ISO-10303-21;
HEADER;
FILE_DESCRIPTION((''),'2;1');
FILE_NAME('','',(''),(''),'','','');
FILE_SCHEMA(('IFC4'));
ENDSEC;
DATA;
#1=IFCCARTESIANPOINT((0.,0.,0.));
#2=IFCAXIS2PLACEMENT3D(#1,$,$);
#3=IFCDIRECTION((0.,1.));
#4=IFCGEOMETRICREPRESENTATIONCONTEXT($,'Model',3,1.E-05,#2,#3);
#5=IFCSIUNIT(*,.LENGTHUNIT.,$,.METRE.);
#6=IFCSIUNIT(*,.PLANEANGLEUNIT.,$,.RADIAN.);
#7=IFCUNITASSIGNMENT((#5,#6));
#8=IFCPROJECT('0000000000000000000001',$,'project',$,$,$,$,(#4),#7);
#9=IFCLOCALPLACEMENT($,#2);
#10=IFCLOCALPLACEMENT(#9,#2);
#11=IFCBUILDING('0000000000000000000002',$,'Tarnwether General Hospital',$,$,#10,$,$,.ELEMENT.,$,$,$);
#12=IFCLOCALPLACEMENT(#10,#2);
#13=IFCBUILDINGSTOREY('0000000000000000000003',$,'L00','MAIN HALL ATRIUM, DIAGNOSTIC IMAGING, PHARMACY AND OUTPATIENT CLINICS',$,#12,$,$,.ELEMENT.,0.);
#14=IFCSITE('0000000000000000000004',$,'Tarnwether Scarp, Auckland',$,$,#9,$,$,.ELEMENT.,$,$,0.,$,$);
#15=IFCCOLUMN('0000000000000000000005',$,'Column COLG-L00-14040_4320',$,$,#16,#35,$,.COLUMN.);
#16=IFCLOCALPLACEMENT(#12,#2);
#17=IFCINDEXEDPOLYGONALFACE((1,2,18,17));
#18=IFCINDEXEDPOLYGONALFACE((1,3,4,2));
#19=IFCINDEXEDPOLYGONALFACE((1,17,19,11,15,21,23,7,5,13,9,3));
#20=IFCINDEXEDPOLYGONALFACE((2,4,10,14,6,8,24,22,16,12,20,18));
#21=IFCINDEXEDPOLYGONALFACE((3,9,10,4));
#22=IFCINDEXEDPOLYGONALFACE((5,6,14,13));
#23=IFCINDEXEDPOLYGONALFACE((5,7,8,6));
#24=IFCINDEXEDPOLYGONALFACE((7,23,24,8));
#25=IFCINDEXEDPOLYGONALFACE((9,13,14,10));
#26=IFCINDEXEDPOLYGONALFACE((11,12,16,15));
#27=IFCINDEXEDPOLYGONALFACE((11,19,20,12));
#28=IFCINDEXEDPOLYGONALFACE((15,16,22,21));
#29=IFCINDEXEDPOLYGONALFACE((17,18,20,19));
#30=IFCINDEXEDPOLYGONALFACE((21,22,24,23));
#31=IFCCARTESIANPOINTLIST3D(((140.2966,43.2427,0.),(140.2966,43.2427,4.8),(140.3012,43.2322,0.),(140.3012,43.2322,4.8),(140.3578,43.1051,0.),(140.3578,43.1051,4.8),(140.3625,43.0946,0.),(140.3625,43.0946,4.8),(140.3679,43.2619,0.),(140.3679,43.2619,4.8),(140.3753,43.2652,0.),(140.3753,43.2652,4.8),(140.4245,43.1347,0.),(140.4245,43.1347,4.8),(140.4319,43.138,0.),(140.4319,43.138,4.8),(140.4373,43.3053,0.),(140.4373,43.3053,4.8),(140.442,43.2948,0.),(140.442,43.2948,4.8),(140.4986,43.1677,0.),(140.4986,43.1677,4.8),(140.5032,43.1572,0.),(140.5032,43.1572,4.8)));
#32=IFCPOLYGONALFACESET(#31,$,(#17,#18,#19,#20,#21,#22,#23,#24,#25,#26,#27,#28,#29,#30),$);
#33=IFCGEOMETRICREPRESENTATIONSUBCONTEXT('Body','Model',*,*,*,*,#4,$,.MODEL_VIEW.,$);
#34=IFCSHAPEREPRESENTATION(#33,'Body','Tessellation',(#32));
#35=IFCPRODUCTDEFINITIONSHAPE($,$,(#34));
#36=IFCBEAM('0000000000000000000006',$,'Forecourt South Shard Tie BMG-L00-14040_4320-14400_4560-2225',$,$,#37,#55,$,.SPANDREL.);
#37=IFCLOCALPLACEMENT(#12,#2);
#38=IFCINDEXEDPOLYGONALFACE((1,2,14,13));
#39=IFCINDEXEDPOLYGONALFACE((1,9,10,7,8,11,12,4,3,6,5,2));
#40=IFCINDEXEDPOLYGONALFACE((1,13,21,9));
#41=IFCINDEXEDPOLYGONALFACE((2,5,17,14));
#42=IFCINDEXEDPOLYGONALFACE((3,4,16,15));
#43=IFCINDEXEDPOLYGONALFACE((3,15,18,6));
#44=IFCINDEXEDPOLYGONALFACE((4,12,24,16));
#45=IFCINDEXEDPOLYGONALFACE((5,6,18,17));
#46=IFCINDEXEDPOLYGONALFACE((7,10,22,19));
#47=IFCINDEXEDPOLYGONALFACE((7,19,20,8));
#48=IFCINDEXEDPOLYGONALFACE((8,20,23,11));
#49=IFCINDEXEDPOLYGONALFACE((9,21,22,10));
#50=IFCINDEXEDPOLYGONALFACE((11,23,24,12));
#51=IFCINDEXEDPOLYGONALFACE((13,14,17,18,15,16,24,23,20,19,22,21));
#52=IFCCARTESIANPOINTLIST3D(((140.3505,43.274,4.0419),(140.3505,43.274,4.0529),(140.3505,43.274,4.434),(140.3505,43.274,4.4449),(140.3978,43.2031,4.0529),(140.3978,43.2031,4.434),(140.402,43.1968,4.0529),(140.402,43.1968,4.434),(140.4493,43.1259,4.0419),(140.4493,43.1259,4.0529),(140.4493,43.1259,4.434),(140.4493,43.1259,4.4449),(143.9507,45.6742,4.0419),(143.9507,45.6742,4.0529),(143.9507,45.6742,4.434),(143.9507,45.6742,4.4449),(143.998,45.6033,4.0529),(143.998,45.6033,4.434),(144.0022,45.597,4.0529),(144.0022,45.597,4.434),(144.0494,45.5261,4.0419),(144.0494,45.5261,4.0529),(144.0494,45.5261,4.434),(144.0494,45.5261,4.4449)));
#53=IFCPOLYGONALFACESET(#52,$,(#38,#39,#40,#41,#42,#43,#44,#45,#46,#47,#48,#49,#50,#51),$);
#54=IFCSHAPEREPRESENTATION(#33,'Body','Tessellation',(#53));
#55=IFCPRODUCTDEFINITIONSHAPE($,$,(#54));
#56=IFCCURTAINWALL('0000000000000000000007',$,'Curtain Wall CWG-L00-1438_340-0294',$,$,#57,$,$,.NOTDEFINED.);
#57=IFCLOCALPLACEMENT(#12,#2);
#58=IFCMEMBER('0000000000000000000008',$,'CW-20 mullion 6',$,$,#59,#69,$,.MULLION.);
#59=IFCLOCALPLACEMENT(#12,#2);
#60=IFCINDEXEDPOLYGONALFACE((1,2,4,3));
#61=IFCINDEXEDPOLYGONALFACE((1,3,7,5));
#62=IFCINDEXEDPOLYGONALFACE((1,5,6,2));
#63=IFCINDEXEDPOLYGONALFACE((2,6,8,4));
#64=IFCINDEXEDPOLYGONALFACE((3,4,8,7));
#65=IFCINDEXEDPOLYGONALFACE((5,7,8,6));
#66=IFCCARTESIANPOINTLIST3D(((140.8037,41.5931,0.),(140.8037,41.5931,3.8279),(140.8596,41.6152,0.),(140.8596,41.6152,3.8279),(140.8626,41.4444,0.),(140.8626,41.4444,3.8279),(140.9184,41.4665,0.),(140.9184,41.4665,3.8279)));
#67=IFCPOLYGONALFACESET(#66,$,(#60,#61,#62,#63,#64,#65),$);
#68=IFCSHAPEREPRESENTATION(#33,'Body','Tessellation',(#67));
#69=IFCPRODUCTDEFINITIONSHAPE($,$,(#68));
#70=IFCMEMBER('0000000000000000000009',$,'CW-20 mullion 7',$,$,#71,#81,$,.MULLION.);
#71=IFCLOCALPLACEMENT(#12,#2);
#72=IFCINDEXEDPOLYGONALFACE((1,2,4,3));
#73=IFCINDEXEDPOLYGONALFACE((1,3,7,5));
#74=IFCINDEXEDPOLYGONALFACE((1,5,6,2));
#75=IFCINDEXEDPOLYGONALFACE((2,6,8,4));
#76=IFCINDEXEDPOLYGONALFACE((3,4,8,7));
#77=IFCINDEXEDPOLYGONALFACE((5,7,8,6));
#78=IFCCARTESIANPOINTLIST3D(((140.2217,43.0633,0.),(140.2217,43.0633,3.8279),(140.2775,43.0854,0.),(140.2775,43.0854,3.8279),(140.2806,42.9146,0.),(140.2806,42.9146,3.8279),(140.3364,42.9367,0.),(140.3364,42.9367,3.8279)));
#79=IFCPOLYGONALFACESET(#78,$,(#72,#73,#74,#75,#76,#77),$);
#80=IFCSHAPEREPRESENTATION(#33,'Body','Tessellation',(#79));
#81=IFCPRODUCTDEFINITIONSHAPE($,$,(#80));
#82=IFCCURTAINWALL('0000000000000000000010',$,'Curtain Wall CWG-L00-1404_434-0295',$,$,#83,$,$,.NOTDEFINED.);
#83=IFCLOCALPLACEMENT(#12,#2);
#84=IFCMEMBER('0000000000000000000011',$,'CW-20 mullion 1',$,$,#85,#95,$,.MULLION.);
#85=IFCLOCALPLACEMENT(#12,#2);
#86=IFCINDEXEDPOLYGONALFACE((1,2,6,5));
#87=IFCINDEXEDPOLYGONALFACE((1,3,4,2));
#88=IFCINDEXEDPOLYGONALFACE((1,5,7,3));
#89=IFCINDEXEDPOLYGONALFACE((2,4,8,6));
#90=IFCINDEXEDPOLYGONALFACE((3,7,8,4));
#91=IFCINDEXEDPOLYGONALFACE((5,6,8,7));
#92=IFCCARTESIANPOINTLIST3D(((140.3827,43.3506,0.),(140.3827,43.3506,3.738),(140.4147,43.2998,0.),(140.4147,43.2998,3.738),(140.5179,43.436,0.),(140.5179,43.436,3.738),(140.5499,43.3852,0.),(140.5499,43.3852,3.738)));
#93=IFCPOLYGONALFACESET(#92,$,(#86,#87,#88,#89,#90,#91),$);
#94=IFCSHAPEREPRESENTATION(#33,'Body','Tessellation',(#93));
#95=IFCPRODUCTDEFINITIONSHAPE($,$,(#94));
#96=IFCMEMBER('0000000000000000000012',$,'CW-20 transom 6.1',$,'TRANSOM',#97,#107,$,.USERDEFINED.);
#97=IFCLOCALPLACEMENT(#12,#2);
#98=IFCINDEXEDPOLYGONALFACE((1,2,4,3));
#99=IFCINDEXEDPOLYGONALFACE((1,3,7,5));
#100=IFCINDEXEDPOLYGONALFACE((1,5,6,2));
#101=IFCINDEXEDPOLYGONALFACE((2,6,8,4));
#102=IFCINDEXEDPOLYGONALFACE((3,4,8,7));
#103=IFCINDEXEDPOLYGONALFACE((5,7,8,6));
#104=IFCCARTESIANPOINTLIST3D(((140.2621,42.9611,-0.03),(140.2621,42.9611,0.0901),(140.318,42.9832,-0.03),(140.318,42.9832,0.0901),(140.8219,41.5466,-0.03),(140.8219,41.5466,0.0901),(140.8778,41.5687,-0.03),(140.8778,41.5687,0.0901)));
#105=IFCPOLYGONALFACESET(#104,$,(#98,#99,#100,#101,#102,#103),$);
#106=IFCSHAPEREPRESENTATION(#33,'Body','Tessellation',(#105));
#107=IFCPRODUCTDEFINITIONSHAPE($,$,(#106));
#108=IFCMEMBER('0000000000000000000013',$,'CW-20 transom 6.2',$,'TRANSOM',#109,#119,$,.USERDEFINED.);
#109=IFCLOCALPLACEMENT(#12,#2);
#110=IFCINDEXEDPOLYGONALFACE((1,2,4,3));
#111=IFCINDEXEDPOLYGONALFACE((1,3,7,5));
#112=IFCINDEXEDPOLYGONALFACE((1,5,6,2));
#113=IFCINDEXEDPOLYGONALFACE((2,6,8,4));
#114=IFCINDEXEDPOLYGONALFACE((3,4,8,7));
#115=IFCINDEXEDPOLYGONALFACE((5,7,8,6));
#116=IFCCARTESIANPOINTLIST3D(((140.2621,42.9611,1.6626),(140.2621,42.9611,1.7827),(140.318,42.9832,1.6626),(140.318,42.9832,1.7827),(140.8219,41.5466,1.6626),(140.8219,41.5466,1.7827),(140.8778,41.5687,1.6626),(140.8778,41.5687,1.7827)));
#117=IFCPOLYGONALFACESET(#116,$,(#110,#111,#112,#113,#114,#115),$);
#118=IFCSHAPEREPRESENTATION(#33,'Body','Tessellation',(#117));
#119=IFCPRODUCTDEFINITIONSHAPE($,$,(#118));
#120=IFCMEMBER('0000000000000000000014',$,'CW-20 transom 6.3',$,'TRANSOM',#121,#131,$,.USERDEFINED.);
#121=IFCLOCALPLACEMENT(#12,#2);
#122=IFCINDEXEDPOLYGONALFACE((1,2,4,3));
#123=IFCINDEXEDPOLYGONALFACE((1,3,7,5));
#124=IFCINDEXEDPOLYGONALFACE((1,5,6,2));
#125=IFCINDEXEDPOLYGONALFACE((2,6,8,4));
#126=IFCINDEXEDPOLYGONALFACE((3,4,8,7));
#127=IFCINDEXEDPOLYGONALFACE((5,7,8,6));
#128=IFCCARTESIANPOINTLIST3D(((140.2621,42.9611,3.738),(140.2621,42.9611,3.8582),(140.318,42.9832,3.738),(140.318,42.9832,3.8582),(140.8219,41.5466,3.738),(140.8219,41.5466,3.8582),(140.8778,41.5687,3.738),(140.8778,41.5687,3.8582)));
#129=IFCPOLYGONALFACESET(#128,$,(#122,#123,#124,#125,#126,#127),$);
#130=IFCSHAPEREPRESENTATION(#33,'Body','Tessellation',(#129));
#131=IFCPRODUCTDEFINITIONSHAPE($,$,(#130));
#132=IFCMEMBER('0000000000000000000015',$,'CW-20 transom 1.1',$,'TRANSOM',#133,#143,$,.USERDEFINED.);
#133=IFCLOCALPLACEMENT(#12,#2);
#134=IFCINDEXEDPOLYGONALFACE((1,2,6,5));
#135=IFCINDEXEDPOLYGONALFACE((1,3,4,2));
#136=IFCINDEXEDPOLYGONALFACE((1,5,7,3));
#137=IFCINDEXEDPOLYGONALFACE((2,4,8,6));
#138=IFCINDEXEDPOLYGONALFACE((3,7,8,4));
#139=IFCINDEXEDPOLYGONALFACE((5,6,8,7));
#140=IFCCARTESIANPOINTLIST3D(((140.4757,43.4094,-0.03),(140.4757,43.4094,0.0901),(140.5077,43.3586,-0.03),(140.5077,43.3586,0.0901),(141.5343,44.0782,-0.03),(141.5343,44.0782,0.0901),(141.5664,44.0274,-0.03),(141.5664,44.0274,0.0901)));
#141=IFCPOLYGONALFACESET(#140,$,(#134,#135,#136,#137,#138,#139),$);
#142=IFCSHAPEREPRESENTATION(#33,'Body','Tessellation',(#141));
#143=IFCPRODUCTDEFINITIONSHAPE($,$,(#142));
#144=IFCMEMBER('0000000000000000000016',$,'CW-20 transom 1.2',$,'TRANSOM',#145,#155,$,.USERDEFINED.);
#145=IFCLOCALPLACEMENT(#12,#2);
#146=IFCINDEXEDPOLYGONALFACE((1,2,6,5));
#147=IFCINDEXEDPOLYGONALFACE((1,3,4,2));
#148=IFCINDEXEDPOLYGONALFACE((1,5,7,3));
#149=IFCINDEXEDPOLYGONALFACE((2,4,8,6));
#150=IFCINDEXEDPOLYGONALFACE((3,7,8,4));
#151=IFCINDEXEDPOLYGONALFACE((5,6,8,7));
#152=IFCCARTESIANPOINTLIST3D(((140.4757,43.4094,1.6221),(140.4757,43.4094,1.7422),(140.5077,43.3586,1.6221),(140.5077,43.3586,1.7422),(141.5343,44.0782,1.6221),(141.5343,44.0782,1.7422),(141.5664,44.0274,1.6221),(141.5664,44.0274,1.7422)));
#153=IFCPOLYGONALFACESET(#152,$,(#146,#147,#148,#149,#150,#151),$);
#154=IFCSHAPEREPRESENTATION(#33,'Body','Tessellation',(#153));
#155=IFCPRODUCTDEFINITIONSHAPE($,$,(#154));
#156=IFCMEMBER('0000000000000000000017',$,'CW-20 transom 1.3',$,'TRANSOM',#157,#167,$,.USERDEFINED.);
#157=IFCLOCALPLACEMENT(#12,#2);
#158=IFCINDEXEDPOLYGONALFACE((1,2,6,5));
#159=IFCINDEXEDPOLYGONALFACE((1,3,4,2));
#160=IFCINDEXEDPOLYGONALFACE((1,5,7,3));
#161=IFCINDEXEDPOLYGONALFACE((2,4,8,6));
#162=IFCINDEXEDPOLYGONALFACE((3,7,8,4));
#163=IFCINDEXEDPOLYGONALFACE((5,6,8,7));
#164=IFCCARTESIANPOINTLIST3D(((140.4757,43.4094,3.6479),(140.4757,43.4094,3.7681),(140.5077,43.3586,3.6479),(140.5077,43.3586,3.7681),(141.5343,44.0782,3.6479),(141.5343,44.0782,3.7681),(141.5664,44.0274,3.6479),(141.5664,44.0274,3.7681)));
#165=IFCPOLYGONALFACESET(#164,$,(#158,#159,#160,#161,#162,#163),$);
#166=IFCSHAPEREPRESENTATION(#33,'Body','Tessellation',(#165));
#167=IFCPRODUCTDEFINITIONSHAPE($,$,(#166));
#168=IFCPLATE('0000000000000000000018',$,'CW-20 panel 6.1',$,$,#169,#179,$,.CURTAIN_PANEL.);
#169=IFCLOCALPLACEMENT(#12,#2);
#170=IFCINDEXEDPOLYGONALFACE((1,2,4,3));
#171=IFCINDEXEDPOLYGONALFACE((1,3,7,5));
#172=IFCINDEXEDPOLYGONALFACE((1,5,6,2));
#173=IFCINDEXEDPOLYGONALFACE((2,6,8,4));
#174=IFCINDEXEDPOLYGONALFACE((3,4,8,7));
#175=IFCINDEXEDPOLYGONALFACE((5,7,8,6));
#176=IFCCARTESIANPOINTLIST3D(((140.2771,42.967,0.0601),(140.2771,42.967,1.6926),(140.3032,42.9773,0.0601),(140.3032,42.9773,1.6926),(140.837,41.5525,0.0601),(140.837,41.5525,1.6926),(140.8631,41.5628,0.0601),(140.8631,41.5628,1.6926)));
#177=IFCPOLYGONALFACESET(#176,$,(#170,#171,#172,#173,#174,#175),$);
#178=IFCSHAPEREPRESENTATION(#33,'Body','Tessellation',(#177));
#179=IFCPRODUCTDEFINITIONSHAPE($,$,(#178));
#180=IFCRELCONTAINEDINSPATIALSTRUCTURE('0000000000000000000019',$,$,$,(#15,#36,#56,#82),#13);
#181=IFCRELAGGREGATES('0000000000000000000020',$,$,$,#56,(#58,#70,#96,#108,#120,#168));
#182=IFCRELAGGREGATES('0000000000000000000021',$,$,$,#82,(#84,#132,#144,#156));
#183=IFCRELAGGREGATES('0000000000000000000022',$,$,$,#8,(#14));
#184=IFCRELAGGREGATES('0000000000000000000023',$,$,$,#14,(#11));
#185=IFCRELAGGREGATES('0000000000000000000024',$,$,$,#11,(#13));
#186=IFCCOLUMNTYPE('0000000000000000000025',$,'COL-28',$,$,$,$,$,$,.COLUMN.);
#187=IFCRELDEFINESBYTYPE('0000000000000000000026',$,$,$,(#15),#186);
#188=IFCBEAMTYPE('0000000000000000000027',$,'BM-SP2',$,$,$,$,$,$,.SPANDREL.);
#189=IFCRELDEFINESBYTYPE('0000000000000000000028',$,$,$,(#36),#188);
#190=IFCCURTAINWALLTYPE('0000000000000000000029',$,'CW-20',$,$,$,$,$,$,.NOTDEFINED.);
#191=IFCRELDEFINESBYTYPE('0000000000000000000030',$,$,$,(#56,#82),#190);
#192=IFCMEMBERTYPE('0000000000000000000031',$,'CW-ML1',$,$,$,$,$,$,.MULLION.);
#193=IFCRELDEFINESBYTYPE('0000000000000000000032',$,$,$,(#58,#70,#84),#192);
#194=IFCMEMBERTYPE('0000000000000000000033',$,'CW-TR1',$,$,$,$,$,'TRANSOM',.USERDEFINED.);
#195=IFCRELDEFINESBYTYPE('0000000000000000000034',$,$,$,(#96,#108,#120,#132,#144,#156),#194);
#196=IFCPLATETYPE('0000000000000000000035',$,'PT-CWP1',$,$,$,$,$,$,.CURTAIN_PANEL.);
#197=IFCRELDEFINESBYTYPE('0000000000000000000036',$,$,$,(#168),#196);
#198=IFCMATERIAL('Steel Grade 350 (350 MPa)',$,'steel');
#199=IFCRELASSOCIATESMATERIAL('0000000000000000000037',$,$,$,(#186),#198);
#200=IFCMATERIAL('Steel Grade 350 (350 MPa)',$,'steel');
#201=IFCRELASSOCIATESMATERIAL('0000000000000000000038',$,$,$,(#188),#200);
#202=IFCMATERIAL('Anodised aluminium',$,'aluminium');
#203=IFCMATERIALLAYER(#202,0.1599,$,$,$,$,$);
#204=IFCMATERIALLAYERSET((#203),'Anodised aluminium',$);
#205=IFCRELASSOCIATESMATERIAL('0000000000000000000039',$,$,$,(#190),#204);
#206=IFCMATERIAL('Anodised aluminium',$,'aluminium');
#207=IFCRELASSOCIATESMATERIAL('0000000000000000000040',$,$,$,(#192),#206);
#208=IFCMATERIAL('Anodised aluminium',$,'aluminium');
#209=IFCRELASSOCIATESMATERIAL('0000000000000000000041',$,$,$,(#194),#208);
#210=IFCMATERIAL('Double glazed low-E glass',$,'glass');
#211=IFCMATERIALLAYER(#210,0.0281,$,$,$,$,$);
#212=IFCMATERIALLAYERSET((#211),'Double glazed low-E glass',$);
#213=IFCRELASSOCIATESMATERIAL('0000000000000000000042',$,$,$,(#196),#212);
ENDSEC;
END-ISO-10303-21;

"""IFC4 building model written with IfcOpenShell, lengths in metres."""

from ifc_helpers import new_model, si_unit, direction, frame, origin, origin_2d, place, context, subcontext, project, spatial, rectangle, i_section, extrude, material, layer, layer_set, material_profile, profile_set, type_object, element, aggregate, save


model = new_model("IFC4")

# Units and contexts
model_context = context("Model", 3, precision=1e-05, world=origin(), true_north=direction((0.0, 1.0)))
body_context = subcontext(model_context, "Body", "Model", "MODEL_VIEW")
ifc_project = project(units=[si_unit("LENGTHUNIT", "METRE"), si_unit("PLANEANGLEUNIT", "RADIAN")], contexts=[model_context])

# Site, building, storey
site_placement = place(None, origin())
site = spatial("IfcSite", under=ifc_project, at=site_placement, Name="Tarnwether Scarp, Auckland", CompositionType="ELEMENT", RefElevation=0.0)
building_placement = place(site_placement, origin())
building = spatial("IfcBuilding", under=site, at=building_placement, Name="Tarnwether General Hospital", CompositionType="ELEMENT")
storey_placement = place(building_placement, origin())
storey = spatial("IfcBuildingStorey", under=building, at=storey_placement, Name="L00", Description="MAIN HALL ATRIUM, DIAGNOSTIC IMAGING, PHARMACY AND OUTPATIENT CLINICS", CompositionType="ELEMENT", Elevation=0.0)

# Column
ifc_material_1 = material(Name="Steel Grade 350 (350 MPa)", Category="steel")
ifc_material_profile_1 = material_profile(ifc_material_1, i_section(OverallWidth=0.1541, OverallDepth=0.1621, WebThickness=0.0081, FlangeThickness=0.0115, at=origin_2d()), Name="150UC37.2")
ifc_profile_set_1 = profile_set([ifc_material_profile_1], Name="Steel Grade 350 (350 MPa)")
column_type = type_object("IfcColumnType", Name="COL-28", PredefinedType="COLUMN", material=ifc_profile_set_1)
column_placement = place(storey_placement, frame((140.3999, 43.2, 0.0), z_axis=(0.0, 0.0, 1.0), x_axis=(0.913545, 0.406737, 0.0)))
element("IfcColumn", 1, at=column_placement, inside=storey, type_object=column_type, Name="Column COLG-L00-14040_4320", PredefinedType="COLUMN", context=body_context, shape_type="SweptSolid", body=[
    extrude(i_section(OverallWidth=0.1541, OverallDepth=0.1621, WebThickness=0.0081, FlangeThickness=0.0115, at=origin_2d()), origin(), (0.0, 0.0, 1.0), 4.8),
])

# Beam
ifc_material_2 = material(Name="Steel Grade 350 (350 MPa)", Category="steel")
ifc_material_profile_2 = material_profile(ifc_material_2, i_section(OverallWidth=0.178, OverallDepth=0.4031, WebThickness=0.0076, FlangeThickness=0.011, at=origin_2d()), Name="410UB53.7")
ifc_profile_set_2 = profile_set([ifc_material_profile_2], Name="Steel Grade 350 (350 MPa)")
beam_type = type_object("IfcBeamType", Name="BM-SP2", PredefinedType="SPANDREL", material=ifc_profile_set_2)
beam_placement = place(storey_placement, frame((140.3999, 43.2, 4.2434), z_axis=(0.832042, 0.554713, 0.0), x_axis=(-0.554713, 0.832042, 0.0)))
element("IfcBeam", 2, at=beam_placement, inside=storey, type_object=beam_type, Name="Forecourt South Shard Tie BMG-L00-14040_4320-14400_4560-2225", PredefinedType="SPANDREL", context=body_context, shape_type="SweptSolid", body=[
    extrude(i_section(OverallWidth=0.178, OverallDepth=0.4031, WebThickness=0.0076, FlangeThickness=0.011, at=origin_2d()), origin(), (0.0, 0.0, 1.0), 4.3269),
])

# Curtain wall, members
ifc_material_3 = material(Name="Anodised aluminium", Category="aluminium")
ifc_layer_1 = layer(ifc_material_3, 0.1599)
ifc_layer_set_1 = layer_set([ifc_layer_1], Name="Anodised aluminium")
curtain_wall_type = type_object("IfcCurtainWallType", Name="CW-20", PredefinedType="NOTDEFINED", material=ifc_layer_set_1)
curtain_wall_1_placement = place(storey_placement, origin())
curtain_wall_1 = element("IfcCurtainWall", 3, at=curtain_wall_1_placement, inside=storey, type_object=curtain_wall_type, Name="Curtain Wall CWG-L00-1438_340-0294", PredefinedType="NOTDEFINED")
ifc_material_4 = material(Name="Anodised aluminium", Category="aluminium")
ifc_material_profile_3 = material_profile(ifc_material_4, rectangle(XDim=0.0601, YDim=0.1599, at=origin_2d()), Name="ALU-MUL-60x160")
ifc_profile_set_3 = profile_set([ifc_material_profile_3], Name="Anodised aluminium")
member_type_1 = type_object("IfcMemberType", Name="CW-ML1", PredefinedType="MULLION", material=ifc_profile_set_3)
member_1_placement = place(storey_placement, frame((140.8611, 41.5298, 0.0), z_axis=(0.0, 0.0, 1.0), x_axis=(-0.929812, -0.368035, 0.0)))
member_1 = element("IfcMember", 4, at=member_1_placement, type_object=member_type_1, Name="CW-20 mullion 6", PredefinedType="MULLION", context=body_context, shape_type="SweptSolid", body=[
    extrude(rectangle(XDim=0.0601, YDim=0.1599, at=origin_2d()), origin(), (0.0, 0.0, 1.0), 3.8279),
])
member_2_placement = place(storey_placement, frame((140.2791, 43.0, 0.0), z_axis=(0.0, 0.0, 1.0), x_axis=(-0.929812, -0.368035, 0.0)))
member_2 = element("IfcMember", 5, at=member_2_placement, type_object=member_type_1, Name="CW-20 mullion 7", PredefinedType="MULLION", context=body_context, shape_type="SweptSolid", body=[
    extrude(rectangle(XDim=0.0601, YDim=0.1599, at=origin_2d()), origin(), (0.0, 0.0, 1.0), 3.8279),
])

# Curtain wall, member
curtain_wall_2_placement = place(storey_placement, origin())
curtain_wall_2 = element("IfcCurtainWall", 6, at=curtain_wall_2_placement, inside=storey, type_object=curtain_wall_type, Name="Curtain Wall CWG-L00-1404_434-0295", PredefinedType="NOTDEFINED")
member_3_placement = place(storey_placement, frame((140.4663, 43.3679, 0.0), z_axis=(0.0, 0.0, 1.0), x_axis=(-0.534012, 0.845477, 0.0)))
member_3 = element("IfcMember", 7, at=member_3_placement, type_object=member_type_1, Name="CW-20 mullion 1", PredefinedType="MULLION", context=body_context, shape_type="SweptSolid", body=[
    extrude(rectangle(XDim=0.0601, YDim=0.1599, at=origin_2d()), origin(), (0.0, 0.0, 1.0), 3.738),
])

# Members
ifc_material_5 = material(Name="Anodised aluminium", Category="aluminium")
ifc_material_profile_4 = material_profile(ifc_material_5, rectangle(XDim=0.0601, YDim=0.1201, at=origin_2d()), Name="ALU-TRN-60x120")
ifc_profile_set_4 = profile_set([ifc_material_profile_4], Name="Anodised aluminium")
member_type_2 = type_object("IfcMemberType", Name="CW-TR1", ElementType="TRANSOM", PredefinedType="USERDEFINED", material=ifc_profile_set_4)
member_4_placement = place(storey_placement, frame((140.8499, 41.5576, 0.03), z_axis=(-0.367985, 0.929832, 0.0), x_axis=(-0.929832, -0.367985, 0.0)))
member_4 = element("IfcMember", 8, at=member_4_placement, type_object=member_type_2, Name="CW-20 transom 6.1", ObjectType="TRANSOM", PredefinedType="USERDEFINED", context=body_context, shape_type="SweptSolid", body=[
    extrude(rectangle(XDim=0.0601, YDim=0.1201, at=origin_2d()), origin(), (0.0, 0.0, 1.0), 1.5212),
])
member_5_placement = place(storey_placement, frame((140.8499, 41.5576, 1.7227), z_axis=(-0.367985, 0.929832, 0.0), x_axis=(-0.929832, -0.367985, 0.0)))
member_5 = element("IfcMember", 9, at=member_5_placement, type_object=member_type_2, Name="CW-20 transom 6.2", ObjectType="TRANSOM", PredefinedType="USERDEFINED", context=body_context, shape_type="SweptSolid", body=[
    extrude(rectangle(XDim=0.0601, YDim=0.1201, at=origin_2d()), origin(), (0.0, 0.0, 1.0), 1.5212),
])
member_6_placement = place(storey_placement, frame((140.8499, 41.5576, 3.7981), z_axis=(-0.367985, 0.929832, 0.0), x_axis=(-0.929832, -0.367985, 0.0)))
member_6 = element("IfcMember", 10, at=member_6_placement, type_object=member_type_2, Name="CW-20 transom 6.3", ObjectType="TRANSOM", PredefinedType="USERDEFINED", context=body_context, shape_type="SweptSolid", body=[
    extrude(rectangle(XDim=0.0601, YDim=0.1201, at=origin_2d()), origin(), (0.0, 0.0, 1.0), 1.5212),
])
member_7_placement = place(storey_placement, frame((140.4917, 43.384, 0.03), z_axis=(0.845447, 0.534059, 0.0), x_axis=(-0.534059, 0.845447, 0.0)))
member_7 = element("IfcMember", 11, at=member_7_placement, type_object=member_type_2, Name="CW-20 transom 1.1", ObjectType="TRANSOM", PredefinedType="USERDEFINED", context=body_context, shape_type="SweptSolid", body=[
    extrude(rectangle(XDim=0.0601, YDim=0.1201, at=origin_2d()), origin(), (0.0, 0.0, 1.0), 1.2522),
])
member_8_placement = place(storey_placement, frame((140.4917, 43.384, 1.6821), z_axis=(0.845447, 0.534059, 0.0), x_axis=(-0.534059, 0.845447, 0.0)))
member_8 = element("IfcMember", 12, at=member_8_placement, type_object=member_type_2, Name="CW-20 transom 1.2", ObjectType="TRANSOM", PredefinedType="USERDEFINED", context=body_context, shape_type="SweptSolid", body=[
    extrude(rectangle(XDim=0.0601, YDim=0.1201, at=origin_2d()), origin(), (0.0, 0.0, 1.0), 1.2522),
])
member_9_placement = place(storey_placement, frame((140.4917, 43.384, 3.708), z_axis=(0.845447, 0.534059, 0.0), x_axis=(-0.534059, 0.845447, 0.0)))
member_9 = element("IfcMember", 13, at=member_9_placement, type_object=member_type_2, Name="CW-20 transom 1.3", ObjectType="TRANSOM", PredefinedType="USERDEFINED", context=body_context, shape_type="SweptSolid", body=[
    extrude(rectangle(XDim=0.0601, YDim=0.1201, at=origin_2d()), origin(), (0.0, 0.0, 1.0), 1.2522),
])

# Plate
ifc_material_6 = material(Name="Double glazed low-E glass", Category="glass")
ifc_layer_2 = layer(ifc_material_6, 0.0281)
ifc_layer_set_2 = layer_set([ifc_layer_2], Name="Double glazed low-E glass")
plate_type = type_object("IfcPlateType", Name="PT-CWP1", PredefinedType="CURTAIN_PANEL", material=ifc_layer_set_2)
plate_1_placement = place(storey_placement, frame((140.5701, 42.2649, 0.0601), z_axis=(0.0, 0.0, 1.0), x_axis=(-0.368035, 0.929812, 0.0)))
plate_1 = element("IfcPlate", 14, at=plate_1_placement, type_object=plate_type, Name="CW-20 panel 6.1", PredefinedType="CURTAIN_PANEL", context=body_context, shape_type="SweptSolid", body=[
    extrude(rectangle(XDim=1.5212, YDim=0.0281, at=origin_2d()), origin(), (0.0, 0.0, 1.0), 1.6326),
])
aggregate(curtain_wall_1, [member_1, member_2, member_4, member_5, member_6, plate_1])
aggregate(curtain_wall_2, [member_3, member_7, member_8, member_9])

save(model, "model.ifc")
